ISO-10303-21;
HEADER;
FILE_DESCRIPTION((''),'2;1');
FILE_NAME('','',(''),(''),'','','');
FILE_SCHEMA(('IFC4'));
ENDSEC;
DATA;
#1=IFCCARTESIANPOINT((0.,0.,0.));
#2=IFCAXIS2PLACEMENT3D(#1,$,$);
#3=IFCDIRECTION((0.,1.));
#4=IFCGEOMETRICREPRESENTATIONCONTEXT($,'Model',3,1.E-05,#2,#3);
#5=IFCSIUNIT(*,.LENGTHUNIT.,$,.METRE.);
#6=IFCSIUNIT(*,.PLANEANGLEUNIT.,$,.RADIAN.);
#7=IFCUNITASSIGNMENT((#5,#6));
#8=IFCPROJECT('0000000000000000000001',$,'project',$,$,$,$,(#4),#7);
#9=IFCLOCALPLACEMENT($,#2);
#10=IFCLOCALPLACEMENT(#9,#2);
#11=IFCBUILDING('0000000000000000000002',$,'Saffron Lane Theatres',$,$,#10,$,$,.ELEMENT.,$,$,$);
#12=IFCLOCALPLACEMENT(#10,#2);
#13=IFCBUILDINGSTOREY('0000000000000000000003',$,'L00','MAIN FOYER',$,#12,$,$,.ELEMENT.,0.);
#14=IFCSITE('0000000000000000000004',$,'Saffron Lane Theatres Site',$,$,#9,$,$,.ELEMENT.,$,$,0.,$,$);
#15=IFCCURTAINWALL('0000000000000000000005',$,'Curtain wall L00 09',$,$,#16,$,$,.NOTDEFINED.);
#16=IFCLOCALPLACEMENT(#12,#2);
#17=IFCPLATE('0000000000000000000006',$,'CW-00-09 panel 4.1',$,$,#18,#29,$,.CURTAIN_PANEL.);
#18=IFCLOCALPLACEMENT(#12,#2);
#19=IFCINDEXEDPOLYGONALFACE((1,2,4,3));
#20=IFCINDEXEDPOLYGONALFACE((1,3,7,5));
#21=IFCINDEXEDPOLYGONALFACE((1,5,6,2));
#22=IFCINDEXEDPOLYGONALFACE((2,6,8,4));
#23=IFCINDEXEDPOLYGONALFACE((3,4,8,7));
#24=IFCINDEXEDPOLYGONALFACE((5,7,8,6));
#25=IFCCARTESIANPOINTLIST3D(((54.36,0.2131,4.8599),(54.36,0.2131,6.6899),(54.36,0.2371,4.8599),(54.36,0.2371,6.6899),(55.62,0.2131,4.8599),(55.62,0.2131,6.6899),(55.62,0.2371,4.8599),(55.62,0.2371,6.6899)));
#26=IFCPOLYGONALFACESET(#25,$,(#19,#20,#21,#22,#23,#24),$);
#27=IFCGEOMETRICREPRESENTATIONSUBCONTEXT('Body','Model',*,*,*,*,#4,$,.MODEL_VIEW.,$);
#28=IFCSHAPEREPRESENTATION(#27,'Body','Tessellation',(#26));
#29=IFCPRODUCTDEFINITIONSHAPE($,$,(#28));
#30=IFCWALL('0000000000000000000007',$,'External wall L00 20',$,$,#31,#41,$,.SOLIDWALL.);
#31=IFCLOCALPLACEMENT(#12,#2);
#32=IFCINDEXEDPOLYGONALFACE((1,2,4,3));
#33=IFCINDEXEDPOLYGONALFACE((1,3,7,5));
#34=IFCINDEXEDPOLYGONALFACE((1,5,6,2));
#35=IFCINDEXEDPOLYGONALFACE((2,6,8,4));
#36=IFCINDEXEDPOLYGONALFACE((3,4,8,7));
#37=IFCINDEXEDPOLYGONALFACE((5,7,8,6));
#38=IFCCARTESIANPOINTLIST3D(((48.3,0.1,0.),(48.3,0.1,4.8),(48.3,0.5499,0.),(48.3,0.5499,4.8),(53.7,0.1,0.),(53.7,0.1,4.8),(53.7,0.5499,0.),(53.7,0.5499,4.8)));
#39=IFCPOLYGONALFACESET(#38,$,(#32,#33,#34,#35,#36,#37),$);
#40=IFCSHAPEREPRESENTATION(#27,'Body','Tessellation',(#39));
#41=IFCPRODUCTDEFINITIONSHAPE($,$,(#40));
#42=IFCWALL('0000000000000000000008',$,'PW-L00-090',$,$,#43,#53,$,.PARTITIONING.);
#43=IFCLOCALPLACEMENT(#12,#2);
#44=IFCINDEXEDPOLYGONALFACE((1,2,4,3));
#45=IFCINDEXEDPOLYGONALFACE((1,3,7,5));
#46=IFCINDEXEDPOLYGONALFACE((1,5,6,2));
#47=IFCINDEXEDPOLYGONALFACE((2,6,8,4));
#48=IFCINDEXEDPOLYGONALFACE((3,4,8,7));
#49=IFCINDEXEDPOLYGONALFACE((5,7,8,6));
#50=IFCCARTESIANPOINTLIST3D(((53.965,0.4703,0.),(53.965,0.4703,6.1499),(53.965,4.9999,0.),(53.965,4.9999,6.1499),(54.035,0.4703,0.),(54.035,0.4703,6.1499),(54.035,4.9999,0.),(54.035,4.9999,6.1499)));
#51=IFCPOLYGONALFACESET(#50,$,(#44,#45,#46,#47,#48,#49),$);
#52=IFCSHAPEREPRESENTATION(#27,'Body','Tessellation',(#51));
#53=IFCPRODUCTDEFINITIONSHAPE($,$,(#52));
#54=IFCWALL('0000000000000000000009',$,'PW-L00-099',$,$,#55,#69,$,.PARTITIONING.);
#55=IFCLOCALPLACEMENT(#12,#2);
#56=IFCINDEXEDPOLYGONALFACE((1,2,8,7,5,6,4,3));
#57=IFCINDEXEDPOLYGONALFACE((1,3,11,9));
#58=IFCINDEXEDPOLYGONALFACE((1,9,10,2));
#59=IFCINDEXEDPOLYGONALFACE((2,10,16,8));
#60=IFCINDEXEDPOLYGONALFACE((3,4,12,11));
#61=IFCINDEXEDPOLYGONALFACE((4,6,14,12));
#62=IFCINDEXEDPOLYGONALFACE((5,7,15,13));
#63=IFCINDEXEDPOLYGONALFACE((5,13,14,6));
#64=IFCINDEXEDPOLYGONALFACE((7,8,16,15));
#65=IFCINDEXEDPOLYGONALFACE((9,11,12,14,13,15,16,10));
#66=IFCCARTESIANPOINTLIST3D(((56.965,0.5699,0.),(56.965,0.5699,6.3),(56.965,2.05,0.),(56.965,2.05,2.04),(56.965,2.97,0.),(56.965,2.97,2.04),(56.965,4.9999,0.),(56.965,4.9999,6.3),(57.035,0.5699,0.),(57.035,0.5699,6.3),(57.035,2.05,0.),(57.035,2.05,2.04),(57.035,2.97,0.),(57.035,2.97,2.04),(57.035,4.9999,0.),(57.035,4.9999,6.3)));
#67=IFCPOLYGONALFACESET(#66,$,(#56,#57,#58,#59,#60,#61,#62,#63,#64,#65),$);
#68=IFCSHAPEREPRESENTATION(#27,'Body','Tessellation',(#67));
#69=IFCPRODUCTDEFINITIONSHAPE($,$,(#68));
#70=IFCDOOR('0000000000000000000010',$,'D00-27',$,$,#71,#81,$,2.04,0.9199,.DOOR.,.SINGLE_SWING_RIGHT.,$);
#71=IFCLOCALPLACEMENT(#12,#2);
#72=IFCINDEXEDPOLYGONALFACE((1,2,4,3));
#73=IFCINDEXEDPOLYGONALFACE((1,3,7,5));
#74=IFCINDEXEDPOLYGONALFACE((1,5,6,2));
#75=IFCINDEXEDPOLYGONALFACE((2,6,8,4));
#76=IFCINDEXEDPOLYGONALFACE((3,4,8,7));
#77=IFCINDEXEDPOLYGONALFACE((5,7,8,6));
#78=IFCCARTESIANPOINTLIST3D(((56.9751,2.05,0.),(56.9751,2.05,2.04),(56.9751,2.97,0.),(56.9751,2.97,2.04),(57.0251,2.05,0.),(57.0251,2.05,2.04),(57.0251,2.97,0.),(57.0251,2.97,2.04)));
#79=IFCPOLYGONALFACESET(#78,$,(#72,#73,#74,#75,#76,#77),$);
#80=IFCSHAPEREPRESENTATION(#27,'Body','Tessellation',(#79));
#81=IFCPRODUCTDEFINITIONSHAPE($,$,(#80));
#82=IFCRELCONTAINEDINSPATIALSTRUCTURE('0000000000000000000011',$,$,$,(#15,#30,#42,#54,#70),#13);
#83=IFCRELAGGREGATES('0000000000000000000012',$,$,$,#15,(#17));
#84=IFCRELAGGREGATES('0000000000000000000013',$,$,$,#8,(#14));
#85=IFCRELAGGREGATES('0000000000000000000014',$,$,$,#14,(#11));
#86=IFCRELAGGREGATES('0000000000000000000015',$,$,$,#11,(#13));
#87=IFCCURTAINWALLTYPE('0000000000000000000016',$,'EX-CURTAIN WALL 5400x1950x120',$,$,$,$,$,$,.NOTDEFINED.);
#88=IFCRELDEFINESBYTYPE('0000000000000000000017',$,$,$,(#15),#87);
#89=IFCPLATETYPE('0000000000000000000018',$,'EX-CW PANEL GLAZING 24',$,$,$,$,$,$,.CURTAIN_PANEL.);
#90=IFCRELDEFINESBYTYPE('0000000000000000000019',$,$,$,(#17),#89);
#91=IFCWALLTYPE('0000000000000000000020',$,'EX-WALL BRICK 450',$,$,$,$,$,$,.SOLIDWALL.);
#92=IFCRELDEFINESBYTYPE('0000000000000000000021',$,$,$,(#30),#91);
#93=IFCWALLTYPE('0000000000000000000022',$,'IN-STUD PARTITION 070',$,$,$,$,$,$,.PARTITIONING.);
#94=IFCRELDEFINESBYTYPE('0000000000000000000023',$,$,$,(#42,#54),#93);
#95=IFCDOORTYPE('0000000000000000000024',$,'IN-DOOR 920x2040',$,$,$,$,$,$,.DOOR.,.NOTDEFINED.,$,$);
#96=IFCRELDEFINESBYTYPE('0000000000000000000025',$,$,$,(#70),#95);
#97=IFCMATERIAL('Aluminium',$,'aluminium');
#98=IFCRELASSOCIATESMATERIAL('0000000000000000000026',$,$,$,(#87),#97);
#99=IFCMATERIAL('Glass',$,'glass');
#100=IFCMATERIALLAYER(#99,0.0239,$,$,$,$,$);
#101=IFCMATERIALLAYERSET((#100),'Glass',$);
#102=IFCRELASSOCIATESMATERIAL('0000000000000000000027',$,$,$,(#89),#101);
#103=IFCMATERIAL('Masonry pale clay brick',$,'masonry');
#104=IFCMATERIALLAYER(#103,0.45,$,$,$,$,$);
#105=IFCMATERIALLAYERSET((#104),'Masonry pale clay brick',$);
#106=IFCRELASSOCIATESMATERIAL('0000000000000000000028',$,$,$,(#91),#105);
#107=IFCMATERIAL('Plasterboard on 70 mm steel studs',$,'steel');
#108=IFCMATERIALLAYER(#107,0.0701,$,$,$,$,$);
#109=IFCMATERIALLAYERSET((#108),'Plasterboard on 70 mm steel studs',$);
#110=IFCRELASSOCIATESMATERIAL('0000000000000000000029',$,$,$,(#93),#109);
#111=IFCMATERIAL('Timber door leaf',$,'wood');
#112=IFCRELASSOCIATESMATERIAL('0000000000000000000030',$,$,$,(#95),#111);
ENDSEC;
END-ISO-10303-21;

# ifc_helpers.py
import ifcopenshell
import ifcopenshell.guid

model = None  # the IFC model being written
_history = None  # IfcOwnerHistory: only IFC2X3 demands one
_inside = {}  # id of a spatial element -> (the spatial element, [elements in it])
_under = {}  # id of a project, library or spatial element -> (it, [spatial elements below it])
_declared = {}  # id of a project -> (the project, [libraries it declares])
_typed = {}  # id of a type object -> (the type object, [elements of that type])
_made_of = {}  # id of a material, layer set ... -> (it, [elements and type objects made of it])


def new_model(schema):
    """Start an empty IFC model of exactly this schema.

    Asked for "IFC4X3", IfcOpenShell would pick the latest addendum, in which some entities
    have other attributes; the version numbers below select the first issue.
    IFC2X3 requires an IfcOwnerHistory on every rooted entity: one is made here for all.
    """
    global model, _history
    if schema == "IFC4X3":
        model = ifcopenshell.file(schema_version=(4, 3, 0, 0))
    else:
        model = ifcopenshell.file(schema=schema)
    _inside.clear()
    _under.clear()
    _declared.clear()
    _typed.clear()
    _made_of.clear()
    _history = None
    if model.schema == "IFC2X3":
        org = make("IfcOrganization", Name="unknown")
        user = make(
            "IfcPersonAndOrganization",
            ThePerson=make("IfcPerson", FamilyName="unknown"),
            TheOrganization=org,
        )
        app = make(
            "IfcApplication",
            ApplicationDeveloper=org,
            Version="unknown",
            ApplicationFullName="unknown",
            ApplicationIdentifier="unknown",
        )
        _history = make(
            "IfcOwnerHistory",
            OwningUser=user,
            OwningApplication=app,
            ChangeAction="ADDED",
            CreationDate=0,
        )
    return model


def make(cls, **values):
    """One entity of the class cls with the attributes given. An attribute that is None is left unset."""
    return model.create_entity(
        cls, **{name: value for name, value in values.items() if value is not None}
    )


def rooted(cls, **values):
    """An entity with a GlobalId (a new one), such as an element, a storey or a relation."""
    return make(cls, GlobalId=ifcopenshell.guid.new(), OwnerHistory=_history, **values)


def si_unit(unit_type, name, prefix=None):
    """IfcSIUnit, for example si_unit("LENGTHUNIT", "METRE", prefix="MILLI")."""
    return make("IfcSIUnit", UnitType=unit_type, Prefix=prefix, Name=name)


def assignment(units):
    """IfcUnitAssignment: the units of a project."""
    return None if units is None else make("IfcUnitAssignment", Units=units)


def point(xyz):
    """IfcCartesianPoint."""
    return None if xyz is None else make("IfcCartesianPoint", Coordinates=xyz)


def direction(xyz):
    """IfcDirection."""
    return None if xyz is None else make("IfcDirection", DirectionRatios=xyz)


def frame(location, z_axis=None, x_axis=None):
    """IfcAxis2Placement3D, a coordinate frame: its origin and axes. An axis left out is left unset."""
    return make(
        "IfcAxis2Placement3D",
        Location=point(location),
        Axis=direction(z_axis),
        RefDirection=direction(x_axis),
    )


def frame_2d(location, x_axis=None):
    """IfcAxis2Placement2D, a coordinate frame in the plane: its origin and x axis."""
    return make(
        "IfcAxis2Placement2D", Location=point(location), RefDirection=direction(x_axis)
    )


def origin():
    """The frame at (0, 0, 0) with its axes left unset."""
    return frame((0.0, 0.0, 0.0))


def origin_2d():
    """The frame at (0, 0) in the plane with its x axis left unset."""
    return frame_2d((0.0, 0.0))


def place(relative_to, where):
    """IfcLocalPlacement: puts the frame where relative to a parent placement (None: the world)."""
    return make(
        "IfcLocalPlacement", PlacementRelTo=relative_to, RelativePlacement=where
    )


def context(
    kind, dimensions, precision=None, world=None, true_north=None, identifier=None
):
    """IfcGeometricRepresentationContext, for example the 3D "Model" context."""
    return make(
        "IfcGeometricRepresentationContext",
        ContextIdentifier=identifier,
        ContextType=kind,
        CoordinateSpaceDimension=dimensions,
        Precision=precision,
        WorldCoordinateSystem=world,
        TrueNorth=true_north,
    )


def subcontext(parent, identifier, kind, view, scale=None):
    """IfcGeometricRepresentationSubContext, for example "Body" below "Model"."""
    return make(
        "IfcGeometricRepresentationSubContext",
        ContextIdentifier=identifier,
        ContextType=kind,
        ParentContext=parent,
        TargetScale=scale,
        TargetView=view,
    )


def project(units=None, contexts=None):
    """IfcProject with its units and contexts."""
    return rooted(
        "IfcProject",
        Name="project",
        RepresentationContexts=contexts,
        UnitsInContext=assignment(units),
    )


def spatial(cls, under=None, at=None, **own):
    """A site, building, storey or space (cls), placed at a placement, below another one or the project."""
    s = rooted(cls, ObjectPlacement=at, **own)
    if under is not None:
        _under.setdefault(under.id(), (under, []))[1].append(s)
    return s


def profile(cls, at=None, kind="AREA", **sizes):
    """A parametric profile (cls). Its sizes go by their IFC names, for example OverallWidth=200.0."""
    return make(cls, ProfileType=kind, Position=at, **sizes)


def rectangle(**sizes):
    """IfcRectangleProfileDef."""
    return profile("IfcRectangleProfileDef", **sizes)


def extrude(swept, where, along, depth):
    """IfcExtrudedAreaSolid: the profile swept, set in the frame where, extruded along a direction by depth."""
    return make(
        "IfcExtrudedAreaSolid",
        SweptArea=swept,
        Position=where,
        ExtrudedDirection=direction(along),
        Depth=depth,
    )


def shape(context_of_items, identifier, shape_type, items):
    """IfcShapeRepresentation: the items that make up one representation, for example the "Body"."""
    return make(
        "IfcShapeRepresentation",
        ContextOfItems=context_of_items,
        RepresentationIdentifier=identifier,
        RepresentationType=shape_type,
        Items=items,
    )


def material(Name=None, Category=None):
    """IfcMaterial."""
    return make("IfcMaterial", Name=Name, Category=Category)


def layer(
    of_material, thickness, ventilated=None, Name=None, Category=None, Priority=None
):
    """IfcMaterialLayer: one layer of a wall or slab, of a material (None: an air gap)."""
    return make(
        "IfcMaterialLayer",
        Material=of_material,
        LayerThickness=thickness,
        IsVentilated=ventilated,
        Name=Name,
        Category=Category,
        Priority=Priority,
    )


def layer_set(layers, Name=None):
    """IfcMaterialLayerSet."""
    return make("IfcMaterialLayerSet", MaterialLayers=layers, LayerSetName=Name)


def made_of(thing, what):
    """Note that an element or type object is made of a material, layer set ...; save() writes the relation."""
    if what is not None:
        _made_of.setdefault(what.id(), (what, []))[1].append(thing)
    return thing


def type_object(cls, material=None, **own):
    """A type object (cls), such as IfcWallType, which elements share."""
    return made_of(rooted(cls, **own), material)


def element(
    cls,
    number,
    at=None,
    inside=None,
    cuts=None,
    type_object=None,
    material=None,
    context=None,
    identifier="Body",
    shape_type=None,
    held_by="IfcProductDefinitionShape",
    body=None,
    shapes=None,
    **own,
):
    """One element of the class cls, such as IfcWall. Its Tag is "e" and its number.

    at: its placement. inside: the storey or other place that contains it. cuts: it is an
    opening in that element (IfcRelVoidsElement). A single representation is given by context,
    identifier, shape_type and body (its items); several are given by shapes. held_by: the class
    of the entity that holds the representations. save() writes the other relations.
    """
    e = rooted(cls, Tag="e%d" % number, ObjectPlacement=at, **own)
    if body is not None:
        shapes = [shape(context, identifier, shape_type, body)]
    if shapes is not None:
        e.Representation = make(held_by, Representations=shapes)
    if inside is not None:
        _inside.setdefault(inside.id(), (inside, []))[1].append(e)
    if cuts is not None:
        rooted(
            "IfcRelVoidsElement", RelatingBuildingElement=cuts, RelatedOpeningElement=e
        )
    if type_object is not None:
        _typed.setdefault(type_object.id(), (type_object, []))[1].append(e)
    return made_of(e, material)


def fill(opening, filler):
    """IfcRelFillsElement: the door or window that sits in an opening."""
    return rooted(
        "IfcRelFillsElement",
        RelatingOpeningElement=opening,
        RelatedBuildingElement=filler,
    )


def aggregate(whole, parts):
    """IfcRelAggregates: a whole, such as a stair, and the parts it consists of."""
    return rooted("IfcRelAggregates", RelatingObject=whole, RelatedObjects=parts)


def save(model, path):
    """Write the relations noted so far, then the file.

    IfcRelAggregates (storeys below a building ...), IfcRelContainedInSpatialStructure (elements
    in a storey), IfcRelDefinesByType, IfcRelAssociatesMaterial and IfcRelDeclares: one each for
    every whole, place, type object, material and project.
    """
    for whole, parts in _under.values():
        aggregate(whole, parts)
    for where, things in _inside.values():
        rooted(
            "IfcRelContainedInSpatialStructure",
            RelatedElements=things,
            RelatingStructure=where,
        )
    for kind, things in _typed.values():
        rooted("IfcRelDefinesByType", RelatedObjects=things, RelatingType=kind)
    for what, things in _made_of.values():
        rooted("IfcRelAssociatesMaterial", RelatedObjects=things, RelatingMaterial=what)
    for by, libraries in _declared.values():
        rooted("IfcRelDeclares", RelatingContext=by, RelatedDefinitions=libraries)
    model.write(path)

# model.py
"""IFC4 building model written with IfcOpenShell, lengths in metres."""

from ifc_helpers import new_model, si_unit, direction, frame, frame_2d, origin, origin_2d, place, context, subcontext, project, spatial, rectangle, extrude, material, layer, layer_set, type_object, element, fill, aggregate, save


model = new_model("IFC4")

# Units and contexts
model_context = context("Model", 3, precision=1e-05, world=origin(), true_north=direction((0.0, 1.0)))
body_context = subcontext(model_context, "Body", "Model", "MODEL_VIEW")
ifc_project = project(units=[si_unit("LENGTHUNIT", "METRE"), si_unit("PLANEANGLEUNIT", "RADIAN")], contexts=[model_context])

# Site, building, storey
site_placement = place(None, origin())
site = spatial("IfcSite", under=ifc_project, at=site_placement, Name="Saffron Lane Theatres Site", CompositionType="ELEMENT", RefElevation=0.0)
building_placement = place(site_placement, origin())
building = spatial("IfcBuilding", under=site, at=building_placement, Name="Saffron Lane Theatres", CompositionType="ELEMENT")
storey_placement = place(building_placement, origin())
storey = spatial("IfcBuildingStorey", under=building, at=storey_placement, Name="L00", Description="MAIN FOYER", CompositionType="ELEMENT", Elevation=0.0)

# Curtain wall
ifc_material_1 = material(Name="Aluminium", Category="aluminium")
curtain_wall_type = type_object("IfcCurtainWallType", Name="EX-CURTAIN WALL 5400x1950x120", PredefinedType="NOTDEFINED", material=ifc_material_1)
curtain_wall_1_placement = place(storey_placement, origin())
curtain_wall_1 = element("IfcCurtainWall", 1, at=curtain_wall_1_placement, inside=storey, type_object=curtain_wall_type, Name="Curtain wall L00 09", PredefinedType="NOTDEFINED")

# Plate
ifc_material_2 = material(Name="Glass", Category="glass")
ifc_layer_1 = layer(ifc_material_2, 0.0239)
ifc_layer_set_1 = layer_set([ifc_layer_1], Name="Glass")
plate_type = type_object("IfcPlateType", Name="EX-CW PANEL GLAZING 24", PredefinedType="CURTAIN_PANEL", material=ifc_layer_set_1)
plate_1_placement = place(storey_placement, frame((54.99, 0.2251, 4.8599), z_axis=(0.0, 0.0, 1.0), x_axis=(-1.0, 0.0, 0.0)))
plate_1 = element("IfcPlate", 2, at=plate_1_placement, type_object=plate_type, Name="CW-00-09 panel 4.1", PredefinedType="CURTAIN_PANEL", context=body_context, shape_type="SweptSolid", body=[
    extrude(rectangle(XDim=1.26, YDim=0.0239, at=origin_2d()), origin(), (0.0, 0.0, 1.0), 1.8301),
])
aggregate(curtain_wall_1, [plate_1])

# Walls
ifc_material_3 = material(Name="Masonry pale clay brick", Category="masonry")
ifc_layer_2 = layer(ifc_material_3, 0.45)
ifc_layer_set_2 = layer_set([ifc_layer_2], Name="Masonry pale clay brick")
wall_type_1 = type_object("IfcWallType", Name="EX-WALL BRICK 450", PredefinedType="SOLIDWALL", material=ifc_layer_set_2)
wall_1_placement = place(storey_placement, frame((53.7, 0.325, 0.0), z_axis=(0.0, 0.0, 1.0), x_axis=(-1.0, 0.0, 0.0)))
element("IfcWall", 3, at=wall_1_placement, inside=storey, type_object=wall_type_1, Name="External wall L00 20", PredefinedType="SOLIDWALL", context=body_context, shape_type="SweptSolid", body=[
    extrude(rectangle(XDim=5.3999, YDim=0.45, at=frame_2d((2.7, 0.0))), origin(), (0.0, 0.0, 1.0), 4.8),
])
ifc_material_4 = material(Name="Plasterboard on 70 mm steel studs", Category="steel")
ifc_layer_3 = layer(ifc_material_4, 0.0701)
ifc_layer_set_3 = layer_set([ifc_layer_3], Name="Plasterboard on 70 mm steel studs")
wall_type_2 = type_object("IfcWallType", Name="IN-STUD PARTITION 070", PredefinedType="PARTITIONING", material=ifc_layer_set_3)
wall_2_placement = place(storey_placement, frame((54.0, 0.4705, 0.0), z_axis=(0.0, 0.0, 1.0), x_axis=(0.0, 1.0, 0.0)))
element("IfcWall", 4, at=wall_2_placement, inside=storey, type_object=wall_type_2, Name="PW-L00-090", PredefinedType="PARTITIONING", context=body_context, shape_type="SweptSolid", body=[
    extrude(rectangle(XDim=4.5295, YDim=0.0701, at=frame_2d((2.2646, 0.0))), origin(), (0.0, 0.0, 1.0), 6.1499),
])

# Wall, opening, door
wall_3_placement = place(storey_placement, frame((57.0, 0.5701, 0.0), z_axis=(0.0, 0.0, 1.0), x_axis=(0.0, 1.0, 0.0)))
wall_3 = element("IfcWall", 5, at=wall_3_placement, inside=storey, type_object=wall_type_2, Name="PW-L00-099", PredefinedType="PARTITIONING", context=body_context, shape_type="SweptSolid", body=[
    extrude(rectangle(XDim=4.4299, YDim=0.0701, at=frame_2d((2.2148, 0.0))), origin(), (0.0, 0.0, 1.0), 6.3),
])
opening_placement = place(wall_3_placement, frame((1.48, 0.0, 0.0)))
opening = element("IfcOpeningElement", 6, at=opening_placement, cuts=wall_3, PredefinedType="OPENING", context=body_context, shape_type="SweptSolid", body=[
    extrude(rectangle(XDim=0.9199, YDim=2.04, at=frame_2d((0.46, 1.02))), frame((0.0, 0.0449, 0.0), z_axis=(0.0, -1.0, 0.0), x_axis=(1.0, 0.0, 0.0)), (0.0, 0.0, 1.0), 0.0901),
])
ifc_material_5 = material(Name="Timber door leaf", Category="wood")
door_type = type_object("IfcDoorType", Name="IN-DOOR 920x2040", OperationType="NOTDEFINED", PredefinedType="DOOR", material=ifc_material_5)
door_placement = place(opening_placement, origin())
door = element("IfcDoor", 7, at=door_placement, inside=storey, type_object=door_type, Name="D00-27", OperationType="SINGLE_SWING_RIGHT", OverallHeight=2.04, OverallWidth=0.9199, PredefinedType="DOOR", context=body_context, shape_type="SweptSolid", body=[
    extrude(rectangle(XDim=0.9199, YDim=2.04, at=frame_2d((0.46, 1.02))), frame((0.0, 0.0249, 0.0), z_axis=(0.0, -1.0, 0.0), x_axis=(1.0, 0.0, 0.0)), (0.0, 0.0, 1.0), 0.05),
])
fill(opening, door)

save(model, "model.ifc")
